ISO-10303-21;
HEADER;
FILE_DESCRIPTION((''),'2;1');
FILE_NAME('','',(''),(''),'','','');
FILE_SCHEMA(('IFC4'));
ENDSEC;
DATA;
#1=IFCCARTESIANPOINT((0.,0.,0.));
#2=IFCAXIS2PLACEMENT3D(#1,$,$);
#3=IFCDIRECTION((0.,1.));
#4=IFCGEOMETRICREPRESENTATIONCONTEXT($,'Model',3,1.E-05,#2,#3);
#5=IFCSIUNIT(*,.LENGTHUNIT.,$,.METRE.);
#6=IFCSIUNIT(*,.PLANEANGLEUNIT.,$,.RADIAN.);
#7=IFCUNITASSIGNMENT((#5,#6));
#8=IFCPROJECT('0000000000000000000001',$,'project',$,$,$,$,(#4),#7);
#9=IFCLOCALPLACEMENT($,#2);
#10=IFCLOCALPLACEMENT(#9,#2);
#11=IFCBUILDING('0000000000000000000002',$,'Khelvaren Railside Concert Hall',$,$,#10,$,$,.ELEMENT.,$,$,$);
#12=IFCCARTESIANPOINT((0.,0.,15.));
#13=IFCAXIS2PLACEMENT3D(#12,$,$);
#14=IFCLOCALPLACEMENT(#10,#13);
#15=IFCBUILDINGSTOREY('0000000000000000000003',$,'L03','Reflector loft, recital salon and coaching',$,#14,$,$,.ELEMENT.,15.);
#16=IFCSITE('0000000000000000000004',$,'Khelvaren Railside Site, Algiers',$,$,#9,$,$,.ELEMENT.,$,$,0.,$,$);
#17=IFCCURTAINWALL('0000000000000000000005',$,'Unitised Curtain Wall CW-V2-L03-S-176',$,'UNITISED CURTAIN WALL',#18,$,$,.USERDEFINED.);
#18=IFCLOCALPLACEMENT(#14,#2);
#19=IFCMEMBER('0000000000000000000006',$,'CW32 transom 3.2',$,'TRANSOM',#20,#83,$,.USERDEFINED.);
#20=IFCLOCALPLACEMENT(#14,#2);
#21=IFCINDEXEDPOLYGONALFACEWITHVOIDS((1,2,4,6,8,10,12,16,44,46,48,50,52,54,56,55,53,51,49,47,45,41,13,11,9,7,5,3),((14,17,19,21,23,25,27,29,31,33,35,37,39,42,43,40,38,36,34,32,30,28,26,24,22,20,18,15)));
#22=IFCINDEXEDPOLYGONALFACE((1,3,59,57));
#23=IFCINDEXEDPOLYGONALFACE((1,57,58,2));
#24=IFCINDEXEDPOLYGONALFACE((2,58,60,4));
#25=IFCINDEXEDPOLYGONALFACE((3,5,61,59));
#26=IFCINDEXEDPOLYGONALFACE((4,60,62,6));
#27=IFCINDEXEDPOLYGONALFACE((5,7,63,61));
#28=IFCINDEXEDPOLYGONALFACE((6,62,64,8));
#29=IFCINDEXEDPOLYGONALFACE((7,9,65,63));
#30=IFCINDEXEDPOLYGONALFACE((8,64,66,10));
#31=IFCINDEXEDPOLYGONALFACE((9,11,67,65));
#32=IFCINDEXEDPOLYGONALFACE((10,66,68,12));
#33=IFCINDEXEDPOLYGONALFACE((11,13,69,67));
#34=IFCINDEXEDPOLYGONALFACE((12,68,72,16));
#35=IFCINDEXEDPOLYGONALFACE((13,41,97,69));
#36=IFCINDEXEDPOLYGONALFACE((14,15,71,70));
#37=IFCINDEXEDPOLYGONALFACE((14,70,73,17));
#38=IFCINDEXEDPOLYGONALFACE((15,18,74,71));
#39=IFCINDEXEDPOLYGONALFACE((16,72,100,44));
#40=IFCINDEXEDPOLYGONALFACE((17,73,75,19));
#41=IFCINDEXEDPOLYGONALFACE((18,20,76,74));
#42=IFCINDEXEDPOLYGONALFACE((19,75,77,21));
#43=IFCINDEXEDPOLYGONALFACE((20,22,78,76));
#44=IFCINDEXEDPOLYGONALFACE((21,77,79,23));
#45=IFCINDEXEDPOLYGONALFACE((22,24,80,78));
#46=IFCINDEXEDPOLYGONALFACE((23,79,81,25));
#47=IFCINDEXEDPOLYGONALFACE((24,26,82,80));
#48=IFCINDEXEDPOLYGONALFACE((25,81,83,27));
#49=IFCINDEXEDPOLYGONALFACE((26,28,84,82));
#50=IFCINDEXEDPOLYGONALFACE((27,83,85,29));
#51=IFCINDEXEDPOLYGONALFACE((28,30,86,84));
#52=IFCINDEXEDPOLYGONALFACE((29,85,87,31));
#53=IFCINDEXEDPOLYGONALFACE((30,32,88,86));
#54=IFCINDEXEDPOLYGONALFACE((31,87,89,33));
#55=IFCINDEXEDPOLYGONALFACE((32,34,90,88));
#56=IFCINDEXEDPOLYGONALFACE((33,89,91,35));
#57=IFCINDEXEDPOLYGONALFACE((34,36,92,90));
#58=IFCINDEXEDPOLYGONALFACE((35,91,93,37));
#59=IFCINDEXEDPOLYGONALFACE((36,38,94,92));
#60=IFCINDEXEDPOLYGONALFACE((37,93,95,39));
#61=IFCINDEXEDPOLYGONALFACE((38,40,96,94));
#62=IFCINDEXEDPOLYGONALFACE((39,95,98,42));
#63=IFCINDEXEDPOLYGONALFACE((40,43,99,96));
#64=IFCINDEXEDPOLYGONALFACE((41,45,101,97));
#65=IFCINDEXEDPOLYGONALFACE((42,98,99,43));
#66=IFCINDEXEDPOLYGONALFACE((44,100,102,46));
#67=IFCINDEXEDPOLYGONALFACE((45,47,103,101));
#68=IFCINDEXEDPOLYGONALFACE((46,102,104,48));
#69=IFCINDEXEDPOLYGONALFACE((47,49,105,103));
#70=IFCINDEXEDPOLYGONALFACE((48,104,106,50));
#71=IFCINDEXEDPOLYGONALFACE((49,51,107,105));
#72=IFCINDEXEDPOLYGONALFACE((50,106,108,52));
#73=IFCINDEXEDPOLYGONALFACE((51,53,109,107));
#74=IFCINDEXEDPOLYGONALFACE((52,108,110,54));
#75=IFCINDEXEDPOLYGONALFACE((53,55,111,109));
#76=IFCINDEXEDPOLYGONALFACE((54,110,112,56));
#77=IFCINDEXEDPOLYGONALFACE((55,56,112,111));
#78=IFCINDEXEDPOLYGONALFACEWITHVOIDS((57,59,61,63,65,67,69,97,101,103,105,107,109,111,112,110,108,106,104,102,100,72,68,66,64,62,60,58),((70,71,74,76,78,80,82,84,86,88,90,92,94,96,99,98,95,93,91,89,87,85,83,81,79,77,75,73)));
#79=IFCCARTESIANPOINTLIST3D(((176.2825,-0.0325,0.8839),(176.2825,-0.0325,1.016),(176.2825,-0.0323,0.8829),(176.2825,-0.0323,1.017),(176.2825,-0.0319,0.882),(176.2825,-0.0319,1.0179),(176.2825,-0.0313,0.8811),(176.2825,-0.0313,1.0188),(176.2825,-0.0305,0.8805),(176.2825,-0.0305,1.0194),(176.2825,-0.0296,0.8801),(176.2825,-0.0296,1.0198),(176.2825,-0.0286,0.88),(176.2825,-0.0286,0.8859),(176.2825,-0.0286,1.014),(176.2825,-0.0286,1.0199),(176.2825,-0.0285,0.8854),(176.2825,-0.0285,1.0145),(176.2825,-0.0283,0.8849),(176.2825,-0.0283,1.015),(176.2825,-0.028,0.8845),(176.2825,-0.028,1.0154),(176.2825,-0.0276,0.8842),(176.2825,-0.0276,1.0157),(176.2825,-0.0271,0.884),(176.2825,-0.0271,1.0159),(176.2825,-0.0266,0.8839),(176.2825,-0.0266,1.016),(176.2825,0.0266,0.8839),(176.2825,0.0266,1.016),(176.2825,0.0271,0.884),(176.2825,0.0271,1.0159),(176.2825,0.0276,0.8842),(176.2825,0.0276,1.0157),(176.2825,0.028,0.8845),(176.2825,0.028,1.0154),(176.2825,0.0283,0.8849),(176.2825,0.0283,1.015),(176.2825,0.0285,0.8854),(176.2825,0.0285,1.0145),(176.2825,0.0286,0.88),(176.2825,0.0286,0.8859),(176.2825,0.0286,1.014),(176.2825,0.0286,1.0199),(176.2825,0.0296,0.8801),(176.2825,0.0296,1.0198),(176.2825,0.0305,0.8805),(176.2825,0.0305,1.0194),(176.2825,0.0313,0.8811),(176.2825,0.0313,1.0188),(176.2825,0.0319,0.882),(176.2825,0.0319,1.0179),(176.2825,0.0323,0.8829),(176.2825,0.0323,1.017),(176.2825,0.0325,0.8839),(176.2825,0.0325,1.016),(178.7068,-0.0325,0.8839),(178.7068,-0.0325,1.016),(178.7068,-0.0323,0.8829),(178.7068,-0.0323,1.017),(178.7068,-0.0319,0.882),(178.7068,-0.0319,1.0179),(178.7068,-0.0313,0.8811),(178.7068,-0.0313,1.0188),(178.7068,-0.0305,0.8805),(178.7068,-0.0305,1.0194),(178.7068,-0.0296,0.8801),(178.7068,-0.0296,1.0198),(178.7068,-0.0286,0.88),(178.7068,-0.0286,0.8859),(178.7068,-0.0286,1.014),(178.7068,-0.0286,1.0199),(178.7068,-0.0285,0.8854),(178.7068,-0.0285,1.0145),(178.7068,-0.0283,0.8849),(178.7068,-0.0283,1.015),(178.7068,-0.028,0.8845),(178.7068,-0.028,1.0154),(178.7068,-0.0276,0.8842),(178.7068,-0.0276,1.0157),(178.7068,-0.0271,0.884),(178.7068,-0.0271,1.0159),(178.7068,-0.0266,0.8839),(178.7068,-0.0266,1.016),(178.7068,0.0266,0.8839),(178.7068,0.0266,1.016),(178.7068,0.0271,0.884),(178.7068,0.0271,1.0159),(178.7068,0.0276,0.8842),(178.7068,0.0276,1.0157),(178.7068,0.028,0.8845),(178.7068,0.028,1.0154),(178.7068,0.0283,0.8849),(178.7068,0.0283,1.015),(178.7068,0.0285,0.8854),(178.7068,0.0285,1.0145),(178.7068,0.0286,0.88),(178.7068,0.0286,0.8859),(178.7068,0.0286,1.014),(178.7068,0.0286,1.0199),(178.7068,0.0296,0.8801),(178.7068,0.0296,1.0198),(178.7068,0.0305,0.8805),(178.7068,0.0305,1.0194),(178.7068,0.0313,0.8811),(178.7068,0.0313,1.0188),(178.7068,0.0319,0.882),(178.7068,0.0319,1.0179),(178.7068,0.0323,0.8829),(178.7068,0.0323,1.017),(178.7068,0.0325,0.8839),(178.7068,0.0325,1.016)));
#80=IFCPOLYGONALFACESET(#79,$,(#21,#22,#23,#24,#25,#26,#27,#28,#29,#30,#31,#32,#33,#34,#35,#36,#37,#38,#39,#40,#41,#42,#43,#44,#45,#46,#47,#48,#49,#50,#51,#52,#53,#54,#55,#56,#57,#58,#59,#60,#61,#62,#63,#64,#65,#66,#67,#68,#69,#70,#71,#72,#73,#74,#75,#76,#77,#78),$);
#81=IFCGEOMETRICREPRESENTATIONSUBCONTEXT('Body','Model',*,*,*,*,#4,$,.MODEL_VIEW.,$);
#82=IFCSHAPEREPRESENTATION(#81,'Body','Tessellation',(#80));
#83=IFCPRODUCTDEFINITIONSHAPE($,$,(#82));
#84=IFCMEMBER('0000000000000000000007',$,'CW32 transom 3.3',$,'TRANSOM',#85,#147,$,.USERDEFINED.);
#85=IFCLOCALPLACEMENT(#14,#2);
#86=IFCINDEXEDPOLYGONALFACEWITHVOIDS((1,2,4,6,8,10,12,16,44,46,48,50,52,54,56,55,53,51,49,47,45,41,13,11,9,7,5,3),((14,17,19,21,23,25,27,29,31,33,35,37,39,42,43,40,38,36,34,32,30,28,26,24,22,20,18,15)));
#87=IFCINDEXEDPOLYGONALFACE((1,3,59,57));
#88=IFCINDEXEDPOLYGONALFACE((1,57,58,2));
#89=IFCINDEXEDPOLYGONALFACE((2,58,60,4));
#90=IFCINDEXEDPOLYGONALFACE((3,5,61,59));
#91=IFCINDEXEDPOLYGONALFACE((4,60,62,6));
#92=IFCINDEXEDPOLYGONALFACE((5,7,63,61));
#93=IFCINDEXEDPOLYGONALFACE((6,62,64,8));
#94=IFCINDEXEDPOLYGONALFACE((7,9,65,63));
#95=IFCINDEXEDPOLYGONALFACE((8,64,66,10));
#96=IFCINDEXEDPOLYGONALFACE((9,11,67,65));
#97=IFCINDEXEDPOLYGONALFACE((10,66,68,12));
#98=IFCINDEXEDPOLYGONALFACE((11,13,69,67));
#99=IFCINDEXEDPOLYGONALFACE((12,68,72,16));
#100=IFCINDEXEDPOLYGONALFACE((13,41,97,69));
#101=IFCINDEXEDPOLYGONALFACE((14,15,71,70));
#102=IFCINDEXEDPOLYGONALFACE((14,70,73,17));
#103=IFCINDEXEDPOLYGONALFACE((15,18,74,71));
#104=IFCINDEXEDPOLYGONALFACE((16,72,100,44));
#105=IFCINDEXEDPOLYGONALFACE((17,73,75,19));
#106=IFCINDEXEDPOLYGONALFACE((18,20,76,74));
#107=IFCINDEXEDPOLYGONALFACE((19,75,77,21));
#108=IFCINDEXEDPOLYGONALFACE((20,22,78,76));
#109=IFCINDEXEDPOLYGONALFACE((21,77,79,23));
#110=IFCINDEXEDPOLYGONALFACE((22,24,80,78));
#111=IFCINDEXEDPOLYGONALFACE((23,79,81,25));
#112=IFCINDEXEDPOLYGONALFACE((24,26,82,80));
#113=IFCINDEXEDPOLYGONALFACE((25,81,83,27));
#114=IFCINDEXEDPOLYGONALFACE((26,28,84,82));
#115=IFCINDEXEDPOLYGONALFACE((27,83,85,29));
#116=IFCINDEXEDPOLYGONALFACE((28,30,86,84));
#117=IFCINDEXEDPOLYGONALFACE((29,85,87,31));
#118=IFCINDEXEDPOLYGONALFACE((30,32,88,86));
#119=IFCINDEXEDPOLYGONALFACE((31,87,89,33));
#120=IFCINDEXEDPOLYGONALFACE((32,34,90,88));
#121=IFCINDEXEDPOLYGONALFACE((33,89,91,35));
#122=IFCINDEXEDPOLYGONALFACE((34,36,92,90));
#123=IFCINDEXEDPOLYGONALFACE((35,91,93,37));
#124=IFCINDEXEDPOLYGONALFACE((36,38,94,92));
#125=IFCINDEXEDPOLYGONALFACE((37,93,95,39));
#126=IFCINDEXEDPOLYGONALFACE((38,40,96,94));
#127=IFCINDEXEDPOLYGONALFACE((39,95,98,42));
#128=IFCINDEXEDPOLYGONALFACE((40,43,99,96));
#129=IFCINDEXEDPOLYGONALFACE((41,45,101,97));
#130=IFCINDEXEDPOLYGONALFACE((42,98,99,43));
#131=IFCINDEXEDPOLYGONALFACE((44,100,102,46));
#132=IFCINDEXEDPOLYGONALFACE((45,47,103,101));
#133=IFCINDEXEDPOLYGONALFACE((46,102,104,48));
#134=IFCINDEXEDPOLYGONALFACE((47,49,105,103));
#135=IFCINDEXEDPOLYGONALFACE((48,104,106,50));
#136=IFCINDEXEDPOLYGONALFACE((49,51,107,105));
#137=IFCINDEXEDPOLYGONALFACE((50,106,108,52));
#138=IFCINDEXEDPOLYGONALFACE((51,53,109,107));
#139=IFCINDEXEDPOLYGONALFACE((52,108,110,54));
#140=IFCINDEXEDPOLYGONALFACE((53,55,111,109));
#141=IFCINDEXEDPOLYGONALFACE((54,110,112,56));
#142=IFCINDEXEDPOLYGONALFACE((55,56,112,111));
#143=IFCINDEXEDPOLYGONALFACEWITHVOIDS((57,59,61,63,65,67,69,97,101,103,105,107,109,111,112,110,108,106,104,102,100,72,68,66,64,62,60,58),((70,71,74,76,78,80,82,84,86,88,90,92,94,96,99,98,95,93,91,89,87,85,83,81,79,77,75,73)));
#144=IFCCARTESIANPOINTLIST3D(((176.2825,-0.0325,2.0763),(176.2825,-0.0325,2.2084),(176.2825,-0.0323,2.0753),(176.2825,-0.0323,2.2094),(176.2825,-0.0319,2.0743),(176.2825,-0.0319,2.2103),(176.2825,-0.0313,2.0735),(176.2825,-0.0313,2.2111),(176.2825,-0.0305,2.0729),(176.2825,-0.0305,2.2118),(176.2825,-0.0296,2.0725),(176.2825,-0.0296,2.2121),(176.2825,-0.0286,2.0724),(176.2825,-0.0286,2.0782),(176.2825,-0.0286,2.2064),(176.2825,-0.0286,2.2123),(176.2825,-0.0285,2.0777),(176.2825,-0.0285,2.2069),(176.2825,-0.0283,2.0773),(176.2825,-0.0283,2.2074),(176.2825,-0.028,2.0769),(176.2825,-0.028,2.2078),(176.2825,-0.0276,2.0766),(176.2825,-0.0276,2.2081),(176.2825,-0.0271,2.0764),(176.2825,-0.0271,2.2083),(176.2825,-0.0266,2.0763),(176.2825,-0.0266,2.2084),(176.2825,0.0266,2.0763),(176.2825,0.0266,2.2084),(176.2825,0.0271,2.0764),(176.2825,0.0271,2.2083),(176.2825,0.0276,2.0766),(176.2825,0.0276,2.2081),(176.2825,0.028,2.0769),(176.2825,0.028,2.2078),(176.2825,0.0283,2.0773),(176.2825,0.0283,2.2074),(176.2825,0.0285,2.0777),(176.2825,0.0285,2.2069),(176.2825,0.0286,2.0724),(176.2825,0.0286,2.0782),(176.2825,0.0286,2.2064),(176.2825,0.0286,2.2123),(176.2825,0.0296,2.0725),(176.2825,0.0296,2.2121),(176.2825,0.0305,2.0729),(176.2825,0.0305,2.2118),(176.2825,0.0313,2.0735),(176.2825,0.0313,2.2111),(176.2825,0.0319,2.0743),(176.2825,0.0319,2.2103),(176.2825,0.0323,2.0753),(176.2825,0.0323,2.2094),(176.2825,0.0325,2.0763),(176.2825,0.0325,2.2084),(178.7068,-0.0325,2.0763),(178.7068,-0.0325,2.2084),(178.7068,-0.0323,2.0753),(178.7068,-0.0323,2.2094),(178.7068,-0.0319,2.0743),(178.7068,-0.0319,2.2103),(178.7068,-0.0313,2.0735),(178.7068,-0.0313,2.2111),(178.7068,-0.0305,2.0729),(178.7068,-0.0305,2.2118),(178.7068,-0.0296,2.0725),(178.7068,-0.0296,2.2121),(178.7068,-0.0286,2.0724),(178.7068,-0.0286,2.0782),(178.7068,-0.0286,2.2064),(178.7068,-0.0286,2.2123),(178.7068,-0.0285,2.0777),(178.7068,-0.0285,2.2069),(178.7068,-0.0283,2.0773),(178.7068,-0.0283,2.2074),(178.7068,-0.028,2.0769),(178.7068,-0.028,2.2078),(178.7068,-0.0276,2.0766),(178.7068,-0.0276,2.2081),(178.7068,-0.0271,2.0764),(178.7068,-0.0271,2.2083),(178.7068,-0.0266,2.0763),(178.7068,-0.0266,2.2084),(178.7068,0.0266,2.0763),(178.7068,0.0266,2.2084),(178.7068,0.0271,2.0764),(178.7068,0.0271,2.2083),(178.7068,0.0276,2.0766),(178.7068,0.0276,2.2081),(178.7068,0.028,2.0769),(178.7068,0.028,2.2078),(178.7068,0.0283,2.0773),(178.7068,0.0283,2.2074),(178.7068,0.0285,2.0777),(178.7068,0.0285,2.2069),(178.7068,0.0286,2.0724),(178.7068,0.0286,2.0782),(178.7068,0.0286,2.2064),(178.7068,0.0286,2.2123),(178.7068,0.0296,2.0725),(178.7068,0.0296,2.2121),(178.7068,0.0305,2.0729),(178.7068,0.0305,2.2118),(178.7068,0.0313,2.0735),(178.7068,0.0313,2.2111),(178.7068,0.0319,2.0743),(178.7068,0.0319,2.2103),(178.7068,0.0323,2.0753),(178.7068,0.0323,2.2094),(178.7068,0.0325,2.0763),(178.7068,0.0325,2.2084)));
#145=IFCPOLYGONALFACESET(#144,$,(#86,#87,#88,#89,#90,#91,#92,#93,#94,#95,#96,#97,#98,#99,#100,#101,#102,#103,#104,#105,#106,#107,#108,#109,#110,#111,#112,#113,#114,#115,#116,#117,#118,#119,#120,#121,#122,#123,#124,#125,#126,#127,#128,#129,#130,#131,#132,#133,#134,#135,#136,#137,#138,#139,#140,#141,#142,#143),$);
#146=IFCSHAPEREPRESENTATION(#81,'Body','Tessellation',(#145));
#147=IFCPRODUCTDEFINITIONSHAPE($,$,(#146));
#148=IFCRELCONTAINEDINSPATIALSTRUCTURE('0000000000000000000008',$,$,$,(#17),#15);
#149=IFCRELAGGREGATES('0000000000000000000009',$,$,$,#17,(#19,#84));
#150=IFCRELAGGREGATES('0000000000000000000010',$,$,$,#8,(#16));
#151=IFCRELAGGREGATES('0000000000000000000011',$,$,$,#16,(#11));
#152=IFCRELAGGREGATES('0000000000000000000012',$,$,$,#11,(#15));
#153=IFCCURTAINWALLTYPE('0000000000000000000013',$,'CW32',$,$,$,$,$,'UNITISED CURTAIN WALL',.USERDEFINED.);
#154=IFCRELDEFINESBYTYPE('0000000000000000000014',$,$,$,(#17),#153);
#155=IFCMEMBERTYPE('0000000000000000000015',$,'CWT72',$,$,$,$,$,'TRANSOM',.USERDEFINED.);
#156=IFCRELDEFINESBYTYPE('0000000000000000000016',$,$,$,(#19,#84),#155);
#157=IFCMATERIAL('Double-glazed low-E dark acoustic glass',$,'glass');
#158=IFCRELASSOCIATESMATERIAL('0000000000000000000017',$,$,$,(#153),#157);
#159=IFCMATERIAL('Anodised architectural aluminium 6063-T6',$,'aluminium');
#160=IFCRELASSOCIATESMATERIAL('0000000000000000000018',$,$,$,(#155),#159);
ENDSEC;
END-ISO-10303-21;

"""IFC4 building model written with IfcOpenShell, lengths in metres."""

from ifc_helpers import new_model, si_unit, direction, frame, origin, origin_2d, place, context, subcontext, project, spatial, hollow_rectangle, extrude, material, material_profile, profile_set, type_object, element, aggregate, save


model = new_model("IFC4")

# Units and contexts
model_context = context("Model", 3, precision=1e-05, world=origin(), true_north=direction((0.0, 1.0)))
body_context = subcontext(model_context, "Body", "Model", "MODEL_VIEW")
ifc_project = project(units=[si_unit("LENGTHUNIT", "METRE"), si_unit("PLANEANGLEUNIT", "RADIAN")], contexts=[model_context])

# Site, building, storey
site_placement = place(None, origin())
site = spatial("IfcSite", under=ifc_project, at=site_placement, Name="Khelvaren Railside Site, Algiers", CompositionType="ELEMENT", RefElevation=0.0)
building_placement = place(site_placement, origin())
building = spatial("IfcBuilding", under=site, at=building_placement, Name="Khelvaren Railside Concert Hall", CompositionType="ELEMENT")
storey_placement = place(building_placement, frame((0.0, 0.0, 15.0)))
storey = spatial("IfcBuildingStorey", under=building, at=storey_placement, Name="L03", Description="Reflector loft, recital salon and coaching", CompositionType="ELEMENT", Elevation=15.0)

# Shared definitions
ifc_material_1 = material(Name="Double-glazed low-E dark acoustic glass", Category="glass")
ifc_material_2 = material(Name="Anodised architectural aluminium 6063-T6", Category="aluminium")

# Curtain wall
curtain_wall_type_1 = type_object("IfcCurtainWallType", Name="CW32", ElementType="UNITISED CURTAIN WALL", PredefinedType="USERDEFINED", material=ifc_material_1)
curtain_wall_1_placement = place(storey_placement, origin())
curtain_wall_1 = element("IfcCurtainWall", 1, at=curtain_wall_1_placement, inside=storey, type_object=curtain_wall_type_1, Name="Unitised Curtain Wall CW-V2-L03-S-176", ObjectType="UNITISED CURTAIN WALL", PredefinedType="USERDEFINED")

# Members
ifc_material_profile_1 = material_profile(ifc_material_2, hollow_rectangle(XDim=0.0649, YDim=0.1399, WallThickness=0.0039, InnerFilletRadius=0.002, OuterFilletRadius=0.0039, at=origin_2d()), Name="CWT 65x140x4")
ifc_profile_set_1 = profile_set([ifc_material_profile_1], Name="Anodised architectural aluminium 6063-T6")
member_type_1 = type_object("IfcMemberType", Name="CWT72", ElementType="TRANSOM", PredefinedType="USERDEFINED", material=ifc_profile_set_1)
member_1_placement = place(storey_placement, frame((178.7068, 0.0, 0.95), z_axis=(-1.0, 0.0, 0.0), x_axis=(0.0, -1.0, 0.0)))
member_1 = element("IfcMember", 2, at=member_1_placement, type_object=member_type_1, Name="CW32 transom 3.2", ObjectType="TRANSOM", PredefinedType="USERDEFINED", context=body_context, shape_type="SweptSolid", body=[
    extrude(hollow_rectangle(XDim=0.0649, YDim=0.1399, WallThickness=0.0039, InnerFilletRadius=0.002, OuterFilletRadius=0.0039, at=origin_2d()), origin(), (0.0, 0.0, 1.0), 2.4243),
])
member_2_placement = place(storey_placement, frame((178.7068, 0.0, 2.1423), z_axis=(-1.0, 0.0, 0.0), x_axis=(0.0, -1.0, 0.0)))
member_2 = element("IfcMember", 3, at=member_2_placement, type_object=member_type_1, Name="CW32 transom 3.3", ObjectType="TRANSOM", PredefinedType="USERDEFINED", context=body_context, shape_type="SweptSolid", body=[
    extrude(hollow_rectangle(XDim=0.0649, YDim=0.1399, WallThickness=0.0039, InnerFilletRadius=0.002, OuterFilletRadius=0.0039, at=origin_2d()), origin(), (0.0, 0.0, 1.0), 2.4243),
])

aggregate(curtain_wall_1, [member_1, member_2])

save(model, "model.ifc")
